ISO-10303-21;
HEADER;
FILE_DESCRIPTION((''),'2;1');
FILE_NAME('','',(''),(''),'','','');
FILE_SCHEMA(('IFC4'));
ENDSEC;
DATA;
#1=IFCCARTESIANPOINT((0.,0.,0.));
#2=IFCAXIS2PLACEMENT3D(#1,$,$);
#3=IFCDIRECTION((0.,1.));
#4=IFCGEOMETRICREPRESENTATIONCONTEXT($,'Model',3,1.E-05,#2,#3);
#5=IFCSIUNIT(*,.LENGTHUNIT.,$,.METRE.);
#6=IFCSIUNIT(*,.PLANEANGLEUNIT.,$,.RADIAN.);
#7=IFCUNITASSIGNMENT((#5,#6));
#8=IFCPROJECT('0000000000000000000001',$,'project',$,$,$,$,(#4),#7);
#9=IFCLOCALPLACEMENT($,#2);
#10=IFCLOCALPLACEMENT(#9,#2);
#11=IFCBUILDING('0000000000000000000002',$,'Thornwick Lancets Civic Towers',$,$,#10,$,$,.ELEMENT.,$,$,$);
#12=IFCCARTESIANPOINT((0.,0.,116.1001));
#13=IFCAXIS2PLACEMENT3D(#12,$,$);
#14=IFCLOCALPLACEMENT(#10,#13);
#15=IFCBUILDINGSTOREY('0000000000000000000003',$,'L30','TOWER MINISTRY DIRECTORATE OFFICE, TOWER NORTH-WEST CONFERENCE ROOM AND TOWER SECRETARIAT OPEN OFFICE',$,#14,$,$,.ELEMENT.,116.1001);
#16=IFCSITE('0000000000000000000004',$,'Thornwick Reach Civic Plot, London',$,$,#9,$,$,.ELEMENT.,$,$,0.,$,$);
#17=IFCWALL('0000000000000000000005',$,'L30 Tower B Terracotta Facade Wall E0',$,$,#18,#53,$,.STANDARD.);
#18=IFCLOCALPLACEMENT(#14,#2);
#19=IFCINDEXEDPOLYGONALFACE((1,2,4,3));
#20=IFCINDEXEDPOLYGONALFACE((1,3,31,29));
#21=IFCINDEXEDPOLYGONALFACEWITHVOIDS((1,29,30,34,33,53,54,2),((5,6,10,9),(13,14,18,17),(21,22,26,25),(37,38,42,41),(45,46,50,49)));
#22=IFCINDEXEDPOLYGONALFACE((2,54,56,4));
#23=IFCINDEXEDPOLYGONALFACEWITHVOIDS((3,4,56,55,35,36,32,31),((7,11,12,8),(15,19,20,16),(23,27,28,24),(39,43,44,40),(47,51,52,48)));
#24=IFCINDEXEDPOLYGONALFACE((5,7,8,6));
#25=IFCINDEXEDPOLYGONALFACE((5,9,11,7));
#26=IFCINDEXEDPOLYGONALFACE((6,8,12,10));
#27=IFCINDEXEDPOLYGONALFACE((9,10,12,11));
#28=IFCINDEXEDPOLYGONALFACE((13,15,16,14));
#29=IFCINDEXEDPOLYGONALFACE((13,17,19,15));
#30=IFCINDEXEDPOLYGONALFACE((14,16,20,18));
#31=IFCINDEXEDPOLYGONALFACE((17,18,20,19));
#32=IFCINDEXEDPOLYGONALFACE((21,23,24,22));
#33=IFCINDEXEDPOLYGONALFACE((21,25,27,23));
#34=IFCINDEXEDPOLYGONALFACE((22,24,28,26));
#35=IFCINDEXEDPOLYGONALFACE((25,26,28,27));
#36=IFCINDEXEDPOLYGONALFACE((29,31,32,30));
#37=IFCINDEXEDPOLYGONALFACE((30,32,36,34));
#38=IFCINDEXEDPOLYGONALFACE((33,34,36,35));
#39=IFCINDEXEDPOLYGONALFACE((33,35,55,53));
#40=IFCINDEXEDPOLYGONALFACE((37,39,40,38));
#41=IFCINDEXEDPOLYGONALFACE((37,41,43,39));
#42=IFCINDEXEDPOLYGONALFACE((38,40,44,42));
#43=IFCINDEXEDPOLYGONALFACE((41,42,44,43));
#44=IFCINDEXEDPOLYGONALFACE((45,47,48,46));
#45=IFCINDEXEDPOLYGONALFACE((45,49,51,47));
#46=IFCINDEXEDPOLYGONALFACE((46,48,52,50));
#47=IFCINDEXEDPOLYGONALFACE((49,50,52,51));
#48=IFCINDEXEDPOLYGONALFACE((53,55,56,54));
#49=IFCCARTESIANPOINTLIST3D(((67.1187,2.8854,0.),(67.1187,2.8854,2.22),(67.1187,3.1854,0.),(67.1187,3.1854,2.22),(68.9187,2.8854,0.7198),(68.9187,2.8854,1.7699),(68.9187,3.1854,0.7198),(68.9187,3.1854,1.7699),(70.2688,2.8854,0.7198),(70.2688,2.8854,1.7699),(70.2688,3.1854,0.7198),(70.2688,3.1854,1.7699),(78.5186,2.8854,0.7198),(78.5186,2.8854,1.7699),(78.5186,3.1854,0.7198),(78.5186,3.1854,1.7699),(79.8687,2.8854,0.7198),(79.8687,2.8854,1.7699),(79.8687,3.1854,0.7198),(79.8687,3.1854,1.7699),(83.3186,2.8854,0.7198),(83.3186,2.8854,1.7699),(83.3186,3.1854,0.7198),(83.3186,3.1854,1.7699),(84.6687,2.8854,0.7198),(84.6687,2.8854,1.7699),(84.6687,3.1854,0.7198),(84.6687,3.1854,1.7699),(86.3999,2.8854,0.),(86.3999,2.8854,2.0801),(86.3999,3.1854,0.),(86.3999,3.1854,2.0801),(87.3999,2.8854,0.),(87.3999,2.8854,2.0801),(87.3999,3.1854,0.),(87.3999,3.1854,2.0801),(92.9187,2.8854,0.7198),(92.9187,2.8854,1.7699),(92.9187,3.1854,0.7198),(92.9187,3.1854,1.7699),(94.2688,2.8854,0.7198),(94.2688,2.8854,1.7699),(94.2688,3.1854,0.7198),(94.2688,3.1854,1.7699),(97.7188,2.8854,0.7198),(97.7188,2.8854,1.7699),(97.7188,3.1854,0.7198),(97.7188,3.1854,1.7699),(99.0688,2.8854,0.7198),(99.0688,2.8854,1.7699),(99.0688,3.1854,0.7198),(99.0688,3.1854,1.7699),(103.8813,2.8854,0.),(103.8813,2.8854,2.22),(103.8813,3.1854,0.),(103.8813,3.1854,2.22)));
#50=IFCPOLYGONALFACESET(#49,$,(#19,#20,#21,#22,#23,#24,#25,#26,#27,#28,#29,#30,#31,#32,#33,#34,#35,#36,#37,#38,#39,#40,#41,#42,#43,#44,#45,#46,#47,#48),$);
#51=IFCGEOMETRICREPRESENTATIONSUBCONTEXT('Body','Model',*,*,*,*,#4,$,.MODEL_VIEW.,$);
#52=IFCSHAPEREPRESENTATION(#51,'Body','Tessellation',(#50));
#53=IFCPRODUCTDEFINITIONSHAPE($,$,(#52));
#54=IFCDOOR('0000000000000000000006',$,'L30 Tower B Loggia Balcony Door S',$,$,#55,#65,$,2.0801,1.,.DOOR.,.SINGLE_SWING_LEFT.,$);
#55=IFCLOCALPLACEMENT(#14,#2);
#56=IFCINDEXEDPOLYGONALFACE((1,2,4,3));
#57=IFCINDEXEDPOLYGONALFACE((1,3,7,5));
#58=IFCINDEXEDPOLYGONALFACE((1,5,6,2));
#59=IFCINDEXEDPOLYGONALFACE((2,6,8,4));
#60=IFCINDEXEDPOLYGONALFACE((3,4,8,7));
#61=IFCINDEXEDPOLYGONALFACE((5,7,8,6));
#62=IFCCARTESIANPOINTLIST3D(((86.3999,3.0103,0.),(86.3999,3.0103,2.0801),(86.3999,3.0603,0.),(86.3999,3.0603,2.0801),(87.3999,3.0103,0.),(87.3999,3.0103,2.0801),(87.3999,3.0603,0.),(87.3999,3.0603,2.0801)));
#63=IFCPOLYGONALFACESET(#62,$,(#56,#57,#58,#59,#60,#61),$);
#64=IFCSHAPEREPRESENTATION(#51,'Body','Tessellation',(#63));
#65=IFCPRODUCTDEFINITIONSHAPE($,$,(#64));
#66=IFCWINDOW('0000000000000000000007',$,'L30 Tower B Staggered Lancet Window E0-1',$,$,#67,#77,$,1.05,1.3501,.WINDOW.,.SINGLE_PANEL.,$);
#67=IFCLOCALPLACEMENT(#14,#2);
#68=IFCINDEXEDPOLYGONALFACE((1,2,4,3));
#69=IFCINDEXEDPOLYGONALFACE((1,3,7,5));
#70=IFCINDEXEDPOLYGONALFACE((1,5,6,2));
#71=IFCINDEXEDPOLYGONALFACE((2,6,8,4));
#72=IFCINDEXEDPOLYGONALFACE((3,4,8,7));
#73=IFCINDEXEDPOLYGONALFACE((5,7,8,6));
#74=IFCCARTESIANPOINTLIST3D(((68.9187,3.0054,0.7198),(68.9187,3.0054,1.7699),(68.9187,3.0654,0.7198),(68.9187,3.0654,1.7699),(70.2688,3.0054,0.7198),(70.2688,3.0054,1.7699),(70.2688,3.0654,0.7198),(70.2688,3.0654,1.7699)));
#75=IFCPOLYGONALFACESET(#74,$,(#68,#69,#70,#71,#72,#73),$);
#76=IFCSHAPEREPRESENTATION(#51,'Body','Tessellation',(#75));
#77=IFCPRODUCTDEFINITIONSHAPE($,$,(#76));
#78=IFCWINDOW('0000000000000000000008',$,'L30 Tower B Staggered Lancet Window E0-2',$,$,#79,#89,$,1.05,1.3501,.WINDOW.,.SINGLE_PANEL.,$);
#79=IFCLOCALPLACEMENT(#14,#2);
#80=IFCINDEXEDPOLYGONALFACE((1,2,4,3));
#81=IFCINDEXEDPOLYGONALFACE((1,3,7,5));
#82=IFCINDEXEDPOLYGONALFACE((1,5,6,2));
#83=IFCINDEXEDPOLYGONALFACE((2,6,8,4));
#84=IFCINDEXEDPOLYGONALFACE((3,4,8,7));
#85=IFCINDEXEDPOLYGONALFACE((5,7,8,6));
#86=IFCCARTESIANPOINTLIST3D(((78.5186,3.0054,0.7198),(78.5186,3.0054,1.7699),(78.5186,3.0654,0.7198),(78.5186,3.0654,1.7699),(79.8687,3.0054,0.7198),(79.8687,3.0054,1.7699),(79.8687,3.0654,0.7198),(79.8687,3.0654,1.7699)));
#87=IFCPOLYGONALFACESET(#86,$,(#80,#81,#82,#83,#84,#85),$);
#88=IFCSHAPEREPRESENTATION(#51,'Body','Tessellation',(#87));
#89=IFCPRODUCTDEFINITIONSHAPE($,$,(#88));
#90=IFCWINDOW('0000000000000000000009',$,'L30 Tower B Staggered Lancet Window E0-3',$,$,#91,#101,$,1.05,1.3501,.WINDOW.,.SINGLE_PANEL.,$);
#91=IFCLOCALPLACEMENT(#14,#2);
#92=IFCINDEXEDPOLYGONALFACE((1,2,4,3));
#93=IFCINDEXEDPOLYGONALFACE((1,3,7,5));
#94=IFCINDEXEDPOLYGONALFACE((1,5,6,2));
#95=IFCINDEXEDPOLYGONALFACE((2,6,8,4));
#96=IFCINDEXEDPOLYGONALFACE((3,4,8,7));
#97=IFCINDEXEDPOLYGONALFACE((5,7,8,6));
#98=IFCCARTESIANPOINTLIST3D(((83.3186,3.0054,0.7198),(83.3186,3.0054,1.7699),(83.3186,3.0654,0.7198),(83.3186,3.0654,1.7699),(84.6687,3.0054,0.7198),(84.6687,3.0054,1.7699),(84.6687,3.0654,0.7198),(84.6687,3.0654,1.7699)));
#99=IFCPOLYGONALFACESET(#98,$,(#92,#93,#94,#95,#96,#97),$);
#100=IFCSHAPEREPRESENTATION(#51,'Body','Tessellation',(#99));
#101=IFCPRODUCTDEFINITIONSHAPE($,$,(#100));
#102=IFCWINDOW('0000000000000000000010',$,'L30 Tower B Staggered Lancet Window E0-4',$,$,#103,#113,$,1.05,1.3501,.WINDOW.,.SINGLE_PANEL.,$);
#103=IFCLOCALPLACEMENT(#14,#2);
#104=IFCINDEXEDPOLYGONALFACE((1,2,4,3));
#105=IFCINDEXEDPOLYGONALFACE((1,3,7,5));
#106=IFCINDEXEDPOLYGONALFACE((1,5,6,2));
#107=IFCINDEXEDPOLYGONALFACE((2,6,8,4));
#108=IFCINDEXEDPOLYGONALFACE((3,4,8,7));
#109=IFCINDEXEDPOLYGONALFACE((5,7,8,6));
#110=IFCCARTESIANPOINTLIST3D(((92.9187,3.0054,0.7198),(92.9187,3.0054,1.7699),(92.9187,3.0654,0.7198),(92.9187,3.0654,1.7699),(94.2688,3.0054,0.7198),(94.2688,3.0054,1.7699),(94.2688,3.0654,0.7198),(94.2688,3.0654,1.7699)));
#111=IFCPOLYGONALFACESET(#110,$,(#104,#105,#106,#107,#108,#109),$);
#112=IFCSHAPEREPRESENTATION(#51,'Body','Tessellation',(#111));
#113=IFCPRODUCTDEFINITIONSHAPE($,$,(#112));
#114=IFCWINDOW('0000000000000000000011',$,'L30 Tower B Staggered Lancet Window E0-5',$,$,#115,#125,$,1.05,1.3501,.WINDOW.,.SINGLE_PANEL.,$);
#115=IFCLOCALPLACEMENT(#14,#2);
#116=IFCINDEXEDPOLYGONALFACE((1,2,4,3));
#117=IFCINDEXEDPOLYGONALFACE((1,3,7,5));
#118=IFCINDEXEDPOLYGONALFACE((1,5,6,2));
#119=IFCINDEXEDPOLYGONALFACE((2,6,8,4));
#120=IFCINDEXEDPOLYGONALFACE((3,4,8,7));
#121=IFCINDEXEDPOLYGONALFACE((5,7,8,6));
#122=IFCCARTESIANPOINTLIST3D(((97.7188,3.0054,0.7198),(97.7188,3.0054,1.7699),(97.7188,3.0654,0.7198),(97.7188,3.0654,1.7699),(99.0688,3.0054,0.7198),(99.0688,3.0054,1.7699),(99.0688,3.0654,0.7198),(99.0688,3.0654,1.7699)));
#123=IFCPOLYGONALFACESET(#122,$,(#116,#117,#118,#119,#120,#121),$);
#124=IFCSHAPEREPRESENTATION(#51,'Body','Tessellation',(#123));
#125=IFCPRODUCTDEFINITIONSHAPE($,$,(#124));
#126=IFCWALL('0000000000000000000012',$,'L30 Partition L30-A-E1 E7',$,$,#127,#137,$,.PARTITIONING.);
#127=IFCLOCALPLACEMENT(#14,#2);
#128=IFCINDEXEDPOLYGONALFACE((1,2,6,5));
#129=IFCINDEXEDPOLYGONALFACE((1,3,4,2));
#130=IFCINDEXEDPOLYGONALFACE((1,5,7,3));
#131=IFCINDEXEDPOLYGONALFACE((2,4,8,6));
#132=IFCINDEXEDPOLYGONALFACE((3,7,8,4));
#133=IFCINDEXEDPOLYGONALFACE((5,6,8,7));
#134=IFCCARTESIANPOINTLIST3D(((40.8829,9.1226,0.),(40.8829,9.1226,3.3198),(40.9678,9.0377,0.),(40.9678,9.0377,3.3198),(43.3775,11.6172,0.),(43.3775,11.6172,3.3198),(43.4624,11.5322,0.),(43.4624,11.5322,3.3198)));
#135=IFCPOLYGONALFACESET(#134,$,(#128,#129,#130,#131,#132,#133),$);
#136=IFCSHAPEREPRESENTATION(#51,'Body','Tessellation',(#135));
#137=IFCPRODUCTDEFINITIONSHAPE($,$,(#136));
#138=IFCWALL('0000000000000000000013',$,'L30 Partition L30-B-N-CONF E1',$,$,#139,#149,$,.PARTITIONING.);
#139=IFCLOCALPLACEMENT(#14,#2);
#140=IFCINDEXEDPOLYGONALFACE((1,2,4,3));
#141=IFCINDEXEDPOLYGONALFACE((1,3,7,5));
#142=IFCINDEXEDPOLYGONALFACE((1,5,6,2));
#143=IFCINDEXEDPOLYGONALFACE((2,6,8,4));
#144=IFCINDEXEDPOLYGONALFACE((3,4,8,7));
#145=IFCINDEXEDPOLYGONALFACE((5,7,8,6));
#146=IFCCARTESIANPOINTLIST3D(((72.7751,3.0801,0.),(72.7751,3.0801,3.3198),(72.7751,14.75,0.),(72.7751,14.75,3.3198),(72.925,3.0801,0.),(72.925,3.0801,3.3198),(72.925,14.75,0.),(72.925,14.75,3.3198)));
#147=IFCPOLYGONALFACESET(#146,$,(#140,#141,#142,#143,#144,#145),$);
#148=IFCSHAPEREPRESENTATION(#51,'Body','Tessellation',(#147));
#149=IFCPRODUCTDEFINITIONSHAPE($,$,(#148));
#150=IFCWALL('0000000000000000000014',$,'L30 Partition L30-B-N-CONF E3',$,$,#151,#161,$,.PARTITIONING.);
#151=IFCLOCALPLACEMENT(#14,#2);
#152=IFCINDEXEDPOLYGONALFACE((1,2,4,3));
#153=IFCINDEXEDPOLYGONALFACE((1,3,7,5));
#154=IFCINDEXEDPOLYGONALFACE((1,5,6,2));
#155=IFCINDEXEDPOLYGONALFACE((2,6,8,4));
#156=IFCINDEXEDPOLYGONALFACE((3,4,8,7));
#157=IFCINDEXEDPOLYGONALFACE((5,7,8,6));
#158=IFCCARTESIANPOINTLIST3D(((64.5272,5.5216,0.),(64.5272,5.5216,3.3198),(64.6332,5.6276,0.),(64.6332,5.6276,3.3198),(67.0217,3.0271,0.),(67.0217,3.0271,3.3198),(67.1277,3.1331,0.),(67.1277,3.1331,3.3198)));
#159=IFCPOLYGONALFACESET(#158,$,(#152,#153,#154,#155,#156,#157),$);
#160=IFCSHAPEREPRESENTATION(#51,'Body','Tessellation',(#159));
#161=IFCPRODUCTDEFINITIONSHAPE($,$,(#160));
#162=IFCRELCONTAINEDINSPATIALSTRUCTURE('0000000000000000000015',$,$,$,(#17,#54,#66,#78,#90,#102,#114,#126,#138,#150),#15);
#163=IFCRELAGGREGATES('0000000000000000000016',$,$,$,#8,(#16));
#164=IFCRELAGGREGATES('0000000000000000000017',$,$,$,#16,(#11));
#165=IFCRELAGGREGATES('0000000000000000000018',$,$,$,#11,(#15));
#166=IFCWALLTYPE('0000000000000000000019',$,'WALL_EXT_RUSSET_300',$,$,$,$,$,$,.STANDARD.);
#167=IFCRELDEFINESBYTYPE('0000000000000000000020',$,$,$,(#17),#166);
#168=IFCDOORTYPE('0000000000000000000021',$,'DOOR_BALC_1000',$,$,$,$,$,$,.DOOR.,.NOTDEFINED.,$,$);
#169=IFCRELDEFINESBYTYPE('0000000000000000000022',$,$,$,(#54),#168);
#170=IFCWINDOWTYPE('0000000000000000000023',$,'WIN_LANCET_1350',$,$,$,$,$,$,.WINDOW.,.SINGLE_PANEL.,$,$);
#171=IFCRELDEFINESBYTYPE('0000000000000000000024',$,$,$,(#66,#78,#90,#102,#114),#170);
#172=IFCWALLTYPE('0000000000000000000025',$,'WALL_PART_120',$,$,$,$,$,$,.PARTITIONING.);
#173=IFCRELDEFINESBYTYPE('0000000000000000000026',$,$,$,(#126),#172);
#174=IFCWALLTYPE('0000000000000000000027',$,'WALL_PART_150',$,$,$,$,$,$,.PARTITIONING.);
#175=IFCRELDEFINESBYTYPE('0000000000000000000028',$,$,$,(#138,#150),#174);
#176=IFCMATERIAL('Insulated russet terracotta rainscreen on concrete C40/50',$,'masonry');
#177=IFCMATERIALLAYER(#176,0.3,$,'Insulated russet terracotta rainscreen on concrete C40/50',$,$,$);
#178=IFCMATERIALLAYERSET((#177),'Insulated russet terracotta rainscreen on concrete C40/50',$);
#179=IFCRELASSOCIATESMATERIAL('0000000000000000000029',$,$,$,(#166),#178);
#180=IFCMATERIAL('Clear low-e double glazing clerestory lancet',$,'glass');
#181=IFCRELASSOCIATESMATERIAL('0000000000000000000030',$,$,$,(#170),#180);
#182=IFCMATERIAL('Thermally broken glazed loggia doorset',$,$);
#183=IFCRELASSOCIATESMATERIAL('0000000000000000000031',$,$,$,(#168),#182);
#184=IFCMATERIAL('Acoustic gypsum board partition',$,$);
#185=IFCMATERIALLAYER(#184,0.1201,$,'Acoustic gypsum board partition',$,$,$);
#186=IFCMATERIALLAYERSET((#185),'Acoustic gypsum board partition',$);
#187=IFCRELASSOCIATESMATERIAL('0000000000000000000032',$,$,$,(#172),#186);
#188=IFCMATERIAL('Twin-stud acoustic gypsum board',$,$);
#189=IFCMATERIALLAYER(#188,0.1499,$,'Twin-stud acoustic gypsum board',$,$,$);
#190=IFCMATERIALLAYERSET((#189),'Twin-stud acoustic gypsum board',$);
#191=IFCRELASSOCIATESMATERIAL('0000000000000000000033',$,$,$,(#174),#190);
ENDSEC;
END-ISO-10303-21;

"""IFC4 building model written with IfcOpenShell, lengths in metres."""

from ifc_helpers import new_model, si_unit, direction, frame, frame_2d, origin, place, context, subcontext, project, spatial, rectangle, extrude, material, layer, layer_set, type_object, element, fill, save


model = new_model("IFC4")

# Units and contexts
model_context = context("Model", 3, precision=1e-05, world=origin(), true_north=direction((0.0, 1.0)))
body_context = subcontext(model_context, "Body", "Model", "MODEL_VIEW")
ifc_project = project(units=[si_unit("LENGTHUNIT", "METRE"), si_unit("PLANEANGLEUNIT", "RADIAN")], contexts=[model_context])

# Site, building, storey
site_placement = place(None, origin())
site = spatial("IfcSite", under=ifc_project, at=site_placement, Name="Thornwick Reach Civic Plot, London", CompositionType="ELEMENT", RefElevation=0.0)
building_placement = place(site_placement, origin())
building = spatial("IfcBuilding", under=site, at=building_placement, Name="Thornwick Lancets Civic Towers", CompositionType="ELEMENT")
storey_placement = place(building_placement, frame((0.0, 0.0, 116.1001)))
storey = spatial("IfcBuildingStorey", under=building, at=storey_placement, Name="L30", Description="TOWER MINISTRY DIRECTORATE OFFICE, TOWER NORTH-WEST CONFERENCE ROOM AND TOWER SECRETARIAT OPEN OFFICE", CompositionType="ELEMENT", Elevation=116.1001)

# Shared definitions
ifc_material_1 = material(Name="Insulated russet terracotta rainscreen on concrete C40/50", Category="masonry")
ifc_layer_1 = layer(ifc_material_1, 0.3, Name="Insulated russet terracotta rainscreen on concrete C40/50")
ifc_layer_set_1 = layer_set([ifc_layer_1], Name="Insulated russet terracotta rainscreen on concrete C40/50")
wall_type_1 = type_object("IfcWallType", Name="WALL_EXT_RUSSET_300", PredefinedType="STANDARD", material=ifc_layer_set_1)
ifc_material_2 = material(Name="Clear low-e double glazing clerestory lancet", Category="glass")
window_type = type_object("IfcWindowType", Name="WIN_LANCET_1350", PartitioningType="SINGLE_PANEL", PredefinedType="WINDOW", material=ifc_material_2)

# Wall, openings, door, windows
wall_1_placement = place(storey_placement, frame((67.1187, 3.0354, 0.0), z_axis=(0.0, 0.0, 1.0), x_axis=(1.0, 0.0, 0.0)))
wall_1 = element("IfcWall", 1, at=wall_1_placement, inside=storey, type_object=wall_type_1, Name="L30 Tower B Terracotta Facade Wall E0", PredefinedType="STANDARD", context=body_context, shape_type="SweptSolid", body=[
    extrude(rectangle(XDim=36.7627, YDim=0.3, at=frame_2d((18.3813, 0.0))), origin(), (0.0, 0.0, 1.0), 2.22),
])
opening_1_placement = place(wall_1_placement, frame((19.2812, 0.0, 0.0)))
opening_1 = element("IfcOpeningElement", 2, at=opening_1_placement, cuts=wall_1, PredefinedType="OPENING", context=body_context, shape_type="SweptSolid", body=[
    extrude(rectangle(XDim=1.0, YDim=2.0801, at=frame_2d((0.5, 1.04))), frame((0.0, 0.1602, 0.0), z_axis=(0.0, -1.0, 0.0), x_axis=(1.0, 0.0, 0.0)), (0.0, 0.0, 1.0), 0.3201),
])
opening_2_placement = place(wall_1_placement, frame((1.8, 0.0, 0.72)))
opening_2 = element("IfcOpeningElement", 3, at=opening_2_placement, cuts=wall_1, PredefinedType="OPENING", context=body_context, shape_type="SweptSolid", body=[
    extrude(rectangle(XDim=1.3501, YDim=1.05, at=frame_2d((0.675, 0.5249))), frame((0.0, 0.1602, 0.0), z_axis=(0.0, -1.0, 0.0), x_axis=(1.0, 0.0, 0.0)), (0.0, 0.0, 1.0), 0.3201),
])
opening_3_placement = place(wall_1_placement, frame((11.3999, 0.0, 0.72)))
opening_3 = element("IfcOpeningElement", 4, at=opening_3_placement, cuts=wall_1, PredefinedType="OPENING", context=body_context, shape_type="SweptSolid", body=[
    extrude(rectangle(XDim=1.3501, YDim=1.05, at=frame_2d((0.675, 0.5249))), frame((0.0, 0.1602, 0.0), z_axis=(0.0, -1.0, 0.0), x_axis=(1.0, 0.0, 0.0)), (0.0, 0.0, 1.0), 0.3201),
])
opening_4_placement = place(wall_1_placement, frame((16.2, 0.0, 0.72)))
opening_4 = element("IfcOpeningElement", 5, at=opening_4_placement, cuts=wall_1, PredefinedType="OPENING", context=body_context, shape_type="SweptSolid", body=[
    extrude(rectangle(XDim=1.3501, YDim=1.05, at=frame_2d((0.675, 0.5249))), frame((0.0, 0.1602, 0.0), z_axis=(0.0, -1.0, 0.0), x_axis=(1.0, 0.0, 0.0)), (0.0, 0.0, 1.0), 0.3201),
])
opening_5_placement = place(wall_1_placement, frame((25.8, 0.0, 0.72)))
opening_5 = element("IfcOpeningElement", 6, at=opening_5_placement, cuts=wall_1, PredefinedType="OPENING", context=body_context, shape_type="SweptSolid", body=[
    extrude(rectangle(XDim=1.3501, YDim=1.05, at=frame_2d((0.675, 0.5249))), frame((0.0, 0.1602, 0.0), z_axis=(0.0, -1.0, 0.0), x_axis=(1.0, 0.0, 0.0)), (0.0, 0.0, 1.0), 0.3201),
])
opening_6_placement = place(wall_1_placement, frame((30.6001, 0.0, 0.72)))
opening_6 = element("IfcOpeningElement", 7, at=opening_6_placement, cuts=wall_1, PredefinedType="OPENING", context=body_context, shape_type="SweptSolid", body=[
    extrude(rectangle(XDim=1.3501, YDim=1.05, at=frame_2d((0.675, 0.5249))), frame((0.0, 0.1602, 0.0), z_axis=(0.0, -1.0, 0.0), x_axis=(1.0, 0.0, 0.0)), (0.0, 0.0, 1.0), 0.3201),
])
ifc_material_3 = material(Name="Thermally broken glazed loggia doorset")
door_type = type_object("IfcDoorType", Name="DOOR_BALC_1000", OperationType="NOTDEFINED", PredefinedType="DOOR", material=ifc_material_3)
door_placement = place(opening_1_placement, origin())
door = element("IfcDoor", 8, at=door_placement, inside=storey, type_object=door_type, Name="L30 Tower B Loggia Balcony Door S", OperationType="SINGLE_SWING_LEFT", OverallHeight=2.0801, OverallWidth=1.0, PredefinedType="DOOR", context=body_context, shape_type="SweptSolid", body=[
    extrude(rectangle(XDim=1.0, YDim=2.0801, at=frame_2d((0.5, 1.04))), frame((0.0, 0.0249, 0.0), z_axis=(0.0, -1.0, 0.0), x_axis=(1.0, 0.0, 0.0)), (0.0, 0.0, 1.0), 0.05),
])
fill(opening_1, door)
window_1_placement = place(opening_2_placement, origin())
window_1 = element("IfcWindow", 9, at=window_1_placement, inside=storey, type_object=window_type, Name="L30 Tower B Staggered Lancet Window E0-1", OverallHeight=1.05, OverallWidth=1.3501, PartitioningType="SINGLE_PANEL", PredefinedType="WINDOW", context=body_context, shape_type="SweptSolid", body=[
    extrude(rectangle(XDim=1.3501, YDim=1.05, at=frame_2d((0.675, 0.5249))), frame((0.0, 0.03, 0.0), z_axis=(0.0, -1.0, 0.0), x_axis=(1.0, 0.0, 0.0)), (0.0, 0.0, 1.0), 0.0601),
])
fill(opening_2, window_1)
window_2_placement = place(opening_3_placement, origin())
window_2 = element("IfcWindow", 10, at=window_2_placement, inside=storey, type_object=window_type, Name="L30 Tower B Staggered Lancet Window E0-2", OverallHeight=1.05, OverallWidth=1.3501, PartitioningType="SINGLE_PANEL", PredefinedType="WINDOW", context=body_context, shape_type="SweptSolid", body=[
    extrude(rectangle(XDim=1.3501, YDim=1.05, at=frame_2d((0.675, 0.5249))), frame((0.0, 0.03, 0.0), z_axis=(0.0, -1.0, 0.0), x_axis=(1.0, 0.0, 0.0)), (0.0, 0.0, 1.0), 0.0601),
])
fill(opening_3, window_2)
window_3_placement = place(opening_4_placement, origin())
window_3 = element("IfcWindow", 11, at=window_3_placement, inside=storey, type_object=window_type, Name="L30 Tower B Staggered Lancet Window E0-3", OverallHeight=1.05, OverallWidth=1.3501, PartitioningType="SINGLE_PANEL", PredefinedType="WINDOW", context=body_context, shape_type="SweptSolid", body=[
    extrude(rectangle(XDim=1.3501, YDim=1.05, at=frame_2d((0.675, 0.5249))), frame((0.0, 0.03, 0.0), z_axis=(0.0, -1.0, 0.0), x_axis=(1.0, 0.0, 0.0)), (0.0, 0.0, 1.0), 0.0601),
])
fill(opening_4, window_3)
window_4_placement = place(opening_5_placement, origin())
window_4 = element("IfcWindow", 12, at=window_4_placement, inside=storey, type_object=window_type, Name="L30 Tower B Staggered Lancet Window E0-4", OverallHeight=1.05, OverallWidth=1.3501, PartitioningType="SINGLE_PANEL", PredefinedType="WINDOW", context=body_context, shape_type="SweptSolid", body=[
    extrude(rectangle(XDim=1.3501, YDim=1.05, at=frame_2d((0.675, 0.5249))), frame((0.0, 0.03, 0.0), z_axis=(0.0, -1.0, 0.0), x_axis=(1.0, 0.0, 0.0)), (0.0, 0.0, 1.0), 0.0601),
])
fill(opening_5, window_4)
window_5_placement = place(opening_6_placement, origin())
window_5 = element("IfcWindow", 13, at=window_5_placement, inside=storey, type_object=window_type, Name="L30 Tower B Staggered Lancet Window E0-5", OverallHeight=1.05, OverallWidth=1.3501, PartitioningType="SINGLE_PANEL", PredefinedType="WINDOW", context=body_context, shape_type="SweptSolid", body=[
    extrude(rectangle(XDim=1.3501, YDim=1.05, at=frame_2d((0.675, 0.5249))), frame((0.0, 0.03, 0.0), z_axis=(0.0, -1.0, 0.0), x_axis=(1.0, 0.0, 0.0)), (0.0, 0.0, 1.0), 0.0601),
])
fill(opening_6, window_5)

# Walls
ifc_material_4 = material(Name="Acoustic gypsum board partition")
ifc_layer_2 = layer(ifc_material_4, 0.1201, Name="Acoustic gypsum board partition")
ifc_layer_set_2 = layer_set([ifc_layer_2], Name="Acoustic gypsum board partition")
wall_type_2 = type_object("IfcWallType", Name="WALL_PART_120", PredefinedType="PARTITIONING", material=ifc_layer_set_2)
wall_2_placement = place(storey_placement, frame((43.4199, 11.5747, 0.0), z_axis=(0.0, 0.0, 1.0), x_axis=(-0.707107, -0.707107, 0.0)))
element("IfcWall", 14, at=wall_2_placement, inside=storey, type_object=wall_type_2, Name="L30 Partition L30-A-E1 E7", PredefinedType="PARTITIONING", context=body_context, shape_type="SweptSolid", body=[
    extrude(rectangle(XDim=3.5278, YDim=0.1201, at=frame_2d((1.7639, 0.0))), origin(), (0.0, 0.0, 1.0), 3.3198),
])
ifc_material_5 = material(Name="Twin-stud acoustic gypsum board")
ifc_layer_3 = layer(ifc_material_5, 0.1499, Name="Twin-stud acoustic gypsum board")
ifc_layer_set_3 = layer_set([ifc_layer_3], Name="Twin-stud acoustic gypsum board")
wall_type_3 = type_object("IfcWallType", Name="WALL_PART_150", PredefinedType="PARTITIONING", material=ifc_layer_set_3)
wall_3_placement = place(storey_placement, frame((72.8501, 14.75, 0.0), z_axis=(0.0, 0.0, 1.0), x_axis=(0.0, -1.0, 0.0)))
element("IfcWall", 15, at=wall_3_placement, inside=storey, type_object=wall_type_3, Name="L30 Partition L30-B-N-CONF E1", PredefinedType="PARTITIONING", context=body_context, shape_type="SweptSolid", body=[
    extrude(rectangle(XDim=11.6699, YDim=0.1499, at=frame_2d((5.835, 0.0))), origin(), (0.0, 0.0, 1.0), 3.3198),
])
wall_4_placement = place(storey_placement, frame((67.0747, 3.0801, 0.0), z_axis=(0.0, 0.0, 1.0), x_axis=(-0.707107, 0.707107, 0.0)))
element("IfcWall", 16, at=wall_4_placement, inside=storey, type_object=wall_type_3, Name="L30 Partition L30-B-N-CONF E3", PredefinedType="PARTITIONING", context=body_context, shape_type="SweptSolid", body=[
    extrude(rectangle(XDim=3.5278, YDim=0.1499, at=frame_2d((1.7639, 0.0))), origin(), (0.0, 0.0, 1.0), 3.3198),
])

save(model, "model.ifc")
